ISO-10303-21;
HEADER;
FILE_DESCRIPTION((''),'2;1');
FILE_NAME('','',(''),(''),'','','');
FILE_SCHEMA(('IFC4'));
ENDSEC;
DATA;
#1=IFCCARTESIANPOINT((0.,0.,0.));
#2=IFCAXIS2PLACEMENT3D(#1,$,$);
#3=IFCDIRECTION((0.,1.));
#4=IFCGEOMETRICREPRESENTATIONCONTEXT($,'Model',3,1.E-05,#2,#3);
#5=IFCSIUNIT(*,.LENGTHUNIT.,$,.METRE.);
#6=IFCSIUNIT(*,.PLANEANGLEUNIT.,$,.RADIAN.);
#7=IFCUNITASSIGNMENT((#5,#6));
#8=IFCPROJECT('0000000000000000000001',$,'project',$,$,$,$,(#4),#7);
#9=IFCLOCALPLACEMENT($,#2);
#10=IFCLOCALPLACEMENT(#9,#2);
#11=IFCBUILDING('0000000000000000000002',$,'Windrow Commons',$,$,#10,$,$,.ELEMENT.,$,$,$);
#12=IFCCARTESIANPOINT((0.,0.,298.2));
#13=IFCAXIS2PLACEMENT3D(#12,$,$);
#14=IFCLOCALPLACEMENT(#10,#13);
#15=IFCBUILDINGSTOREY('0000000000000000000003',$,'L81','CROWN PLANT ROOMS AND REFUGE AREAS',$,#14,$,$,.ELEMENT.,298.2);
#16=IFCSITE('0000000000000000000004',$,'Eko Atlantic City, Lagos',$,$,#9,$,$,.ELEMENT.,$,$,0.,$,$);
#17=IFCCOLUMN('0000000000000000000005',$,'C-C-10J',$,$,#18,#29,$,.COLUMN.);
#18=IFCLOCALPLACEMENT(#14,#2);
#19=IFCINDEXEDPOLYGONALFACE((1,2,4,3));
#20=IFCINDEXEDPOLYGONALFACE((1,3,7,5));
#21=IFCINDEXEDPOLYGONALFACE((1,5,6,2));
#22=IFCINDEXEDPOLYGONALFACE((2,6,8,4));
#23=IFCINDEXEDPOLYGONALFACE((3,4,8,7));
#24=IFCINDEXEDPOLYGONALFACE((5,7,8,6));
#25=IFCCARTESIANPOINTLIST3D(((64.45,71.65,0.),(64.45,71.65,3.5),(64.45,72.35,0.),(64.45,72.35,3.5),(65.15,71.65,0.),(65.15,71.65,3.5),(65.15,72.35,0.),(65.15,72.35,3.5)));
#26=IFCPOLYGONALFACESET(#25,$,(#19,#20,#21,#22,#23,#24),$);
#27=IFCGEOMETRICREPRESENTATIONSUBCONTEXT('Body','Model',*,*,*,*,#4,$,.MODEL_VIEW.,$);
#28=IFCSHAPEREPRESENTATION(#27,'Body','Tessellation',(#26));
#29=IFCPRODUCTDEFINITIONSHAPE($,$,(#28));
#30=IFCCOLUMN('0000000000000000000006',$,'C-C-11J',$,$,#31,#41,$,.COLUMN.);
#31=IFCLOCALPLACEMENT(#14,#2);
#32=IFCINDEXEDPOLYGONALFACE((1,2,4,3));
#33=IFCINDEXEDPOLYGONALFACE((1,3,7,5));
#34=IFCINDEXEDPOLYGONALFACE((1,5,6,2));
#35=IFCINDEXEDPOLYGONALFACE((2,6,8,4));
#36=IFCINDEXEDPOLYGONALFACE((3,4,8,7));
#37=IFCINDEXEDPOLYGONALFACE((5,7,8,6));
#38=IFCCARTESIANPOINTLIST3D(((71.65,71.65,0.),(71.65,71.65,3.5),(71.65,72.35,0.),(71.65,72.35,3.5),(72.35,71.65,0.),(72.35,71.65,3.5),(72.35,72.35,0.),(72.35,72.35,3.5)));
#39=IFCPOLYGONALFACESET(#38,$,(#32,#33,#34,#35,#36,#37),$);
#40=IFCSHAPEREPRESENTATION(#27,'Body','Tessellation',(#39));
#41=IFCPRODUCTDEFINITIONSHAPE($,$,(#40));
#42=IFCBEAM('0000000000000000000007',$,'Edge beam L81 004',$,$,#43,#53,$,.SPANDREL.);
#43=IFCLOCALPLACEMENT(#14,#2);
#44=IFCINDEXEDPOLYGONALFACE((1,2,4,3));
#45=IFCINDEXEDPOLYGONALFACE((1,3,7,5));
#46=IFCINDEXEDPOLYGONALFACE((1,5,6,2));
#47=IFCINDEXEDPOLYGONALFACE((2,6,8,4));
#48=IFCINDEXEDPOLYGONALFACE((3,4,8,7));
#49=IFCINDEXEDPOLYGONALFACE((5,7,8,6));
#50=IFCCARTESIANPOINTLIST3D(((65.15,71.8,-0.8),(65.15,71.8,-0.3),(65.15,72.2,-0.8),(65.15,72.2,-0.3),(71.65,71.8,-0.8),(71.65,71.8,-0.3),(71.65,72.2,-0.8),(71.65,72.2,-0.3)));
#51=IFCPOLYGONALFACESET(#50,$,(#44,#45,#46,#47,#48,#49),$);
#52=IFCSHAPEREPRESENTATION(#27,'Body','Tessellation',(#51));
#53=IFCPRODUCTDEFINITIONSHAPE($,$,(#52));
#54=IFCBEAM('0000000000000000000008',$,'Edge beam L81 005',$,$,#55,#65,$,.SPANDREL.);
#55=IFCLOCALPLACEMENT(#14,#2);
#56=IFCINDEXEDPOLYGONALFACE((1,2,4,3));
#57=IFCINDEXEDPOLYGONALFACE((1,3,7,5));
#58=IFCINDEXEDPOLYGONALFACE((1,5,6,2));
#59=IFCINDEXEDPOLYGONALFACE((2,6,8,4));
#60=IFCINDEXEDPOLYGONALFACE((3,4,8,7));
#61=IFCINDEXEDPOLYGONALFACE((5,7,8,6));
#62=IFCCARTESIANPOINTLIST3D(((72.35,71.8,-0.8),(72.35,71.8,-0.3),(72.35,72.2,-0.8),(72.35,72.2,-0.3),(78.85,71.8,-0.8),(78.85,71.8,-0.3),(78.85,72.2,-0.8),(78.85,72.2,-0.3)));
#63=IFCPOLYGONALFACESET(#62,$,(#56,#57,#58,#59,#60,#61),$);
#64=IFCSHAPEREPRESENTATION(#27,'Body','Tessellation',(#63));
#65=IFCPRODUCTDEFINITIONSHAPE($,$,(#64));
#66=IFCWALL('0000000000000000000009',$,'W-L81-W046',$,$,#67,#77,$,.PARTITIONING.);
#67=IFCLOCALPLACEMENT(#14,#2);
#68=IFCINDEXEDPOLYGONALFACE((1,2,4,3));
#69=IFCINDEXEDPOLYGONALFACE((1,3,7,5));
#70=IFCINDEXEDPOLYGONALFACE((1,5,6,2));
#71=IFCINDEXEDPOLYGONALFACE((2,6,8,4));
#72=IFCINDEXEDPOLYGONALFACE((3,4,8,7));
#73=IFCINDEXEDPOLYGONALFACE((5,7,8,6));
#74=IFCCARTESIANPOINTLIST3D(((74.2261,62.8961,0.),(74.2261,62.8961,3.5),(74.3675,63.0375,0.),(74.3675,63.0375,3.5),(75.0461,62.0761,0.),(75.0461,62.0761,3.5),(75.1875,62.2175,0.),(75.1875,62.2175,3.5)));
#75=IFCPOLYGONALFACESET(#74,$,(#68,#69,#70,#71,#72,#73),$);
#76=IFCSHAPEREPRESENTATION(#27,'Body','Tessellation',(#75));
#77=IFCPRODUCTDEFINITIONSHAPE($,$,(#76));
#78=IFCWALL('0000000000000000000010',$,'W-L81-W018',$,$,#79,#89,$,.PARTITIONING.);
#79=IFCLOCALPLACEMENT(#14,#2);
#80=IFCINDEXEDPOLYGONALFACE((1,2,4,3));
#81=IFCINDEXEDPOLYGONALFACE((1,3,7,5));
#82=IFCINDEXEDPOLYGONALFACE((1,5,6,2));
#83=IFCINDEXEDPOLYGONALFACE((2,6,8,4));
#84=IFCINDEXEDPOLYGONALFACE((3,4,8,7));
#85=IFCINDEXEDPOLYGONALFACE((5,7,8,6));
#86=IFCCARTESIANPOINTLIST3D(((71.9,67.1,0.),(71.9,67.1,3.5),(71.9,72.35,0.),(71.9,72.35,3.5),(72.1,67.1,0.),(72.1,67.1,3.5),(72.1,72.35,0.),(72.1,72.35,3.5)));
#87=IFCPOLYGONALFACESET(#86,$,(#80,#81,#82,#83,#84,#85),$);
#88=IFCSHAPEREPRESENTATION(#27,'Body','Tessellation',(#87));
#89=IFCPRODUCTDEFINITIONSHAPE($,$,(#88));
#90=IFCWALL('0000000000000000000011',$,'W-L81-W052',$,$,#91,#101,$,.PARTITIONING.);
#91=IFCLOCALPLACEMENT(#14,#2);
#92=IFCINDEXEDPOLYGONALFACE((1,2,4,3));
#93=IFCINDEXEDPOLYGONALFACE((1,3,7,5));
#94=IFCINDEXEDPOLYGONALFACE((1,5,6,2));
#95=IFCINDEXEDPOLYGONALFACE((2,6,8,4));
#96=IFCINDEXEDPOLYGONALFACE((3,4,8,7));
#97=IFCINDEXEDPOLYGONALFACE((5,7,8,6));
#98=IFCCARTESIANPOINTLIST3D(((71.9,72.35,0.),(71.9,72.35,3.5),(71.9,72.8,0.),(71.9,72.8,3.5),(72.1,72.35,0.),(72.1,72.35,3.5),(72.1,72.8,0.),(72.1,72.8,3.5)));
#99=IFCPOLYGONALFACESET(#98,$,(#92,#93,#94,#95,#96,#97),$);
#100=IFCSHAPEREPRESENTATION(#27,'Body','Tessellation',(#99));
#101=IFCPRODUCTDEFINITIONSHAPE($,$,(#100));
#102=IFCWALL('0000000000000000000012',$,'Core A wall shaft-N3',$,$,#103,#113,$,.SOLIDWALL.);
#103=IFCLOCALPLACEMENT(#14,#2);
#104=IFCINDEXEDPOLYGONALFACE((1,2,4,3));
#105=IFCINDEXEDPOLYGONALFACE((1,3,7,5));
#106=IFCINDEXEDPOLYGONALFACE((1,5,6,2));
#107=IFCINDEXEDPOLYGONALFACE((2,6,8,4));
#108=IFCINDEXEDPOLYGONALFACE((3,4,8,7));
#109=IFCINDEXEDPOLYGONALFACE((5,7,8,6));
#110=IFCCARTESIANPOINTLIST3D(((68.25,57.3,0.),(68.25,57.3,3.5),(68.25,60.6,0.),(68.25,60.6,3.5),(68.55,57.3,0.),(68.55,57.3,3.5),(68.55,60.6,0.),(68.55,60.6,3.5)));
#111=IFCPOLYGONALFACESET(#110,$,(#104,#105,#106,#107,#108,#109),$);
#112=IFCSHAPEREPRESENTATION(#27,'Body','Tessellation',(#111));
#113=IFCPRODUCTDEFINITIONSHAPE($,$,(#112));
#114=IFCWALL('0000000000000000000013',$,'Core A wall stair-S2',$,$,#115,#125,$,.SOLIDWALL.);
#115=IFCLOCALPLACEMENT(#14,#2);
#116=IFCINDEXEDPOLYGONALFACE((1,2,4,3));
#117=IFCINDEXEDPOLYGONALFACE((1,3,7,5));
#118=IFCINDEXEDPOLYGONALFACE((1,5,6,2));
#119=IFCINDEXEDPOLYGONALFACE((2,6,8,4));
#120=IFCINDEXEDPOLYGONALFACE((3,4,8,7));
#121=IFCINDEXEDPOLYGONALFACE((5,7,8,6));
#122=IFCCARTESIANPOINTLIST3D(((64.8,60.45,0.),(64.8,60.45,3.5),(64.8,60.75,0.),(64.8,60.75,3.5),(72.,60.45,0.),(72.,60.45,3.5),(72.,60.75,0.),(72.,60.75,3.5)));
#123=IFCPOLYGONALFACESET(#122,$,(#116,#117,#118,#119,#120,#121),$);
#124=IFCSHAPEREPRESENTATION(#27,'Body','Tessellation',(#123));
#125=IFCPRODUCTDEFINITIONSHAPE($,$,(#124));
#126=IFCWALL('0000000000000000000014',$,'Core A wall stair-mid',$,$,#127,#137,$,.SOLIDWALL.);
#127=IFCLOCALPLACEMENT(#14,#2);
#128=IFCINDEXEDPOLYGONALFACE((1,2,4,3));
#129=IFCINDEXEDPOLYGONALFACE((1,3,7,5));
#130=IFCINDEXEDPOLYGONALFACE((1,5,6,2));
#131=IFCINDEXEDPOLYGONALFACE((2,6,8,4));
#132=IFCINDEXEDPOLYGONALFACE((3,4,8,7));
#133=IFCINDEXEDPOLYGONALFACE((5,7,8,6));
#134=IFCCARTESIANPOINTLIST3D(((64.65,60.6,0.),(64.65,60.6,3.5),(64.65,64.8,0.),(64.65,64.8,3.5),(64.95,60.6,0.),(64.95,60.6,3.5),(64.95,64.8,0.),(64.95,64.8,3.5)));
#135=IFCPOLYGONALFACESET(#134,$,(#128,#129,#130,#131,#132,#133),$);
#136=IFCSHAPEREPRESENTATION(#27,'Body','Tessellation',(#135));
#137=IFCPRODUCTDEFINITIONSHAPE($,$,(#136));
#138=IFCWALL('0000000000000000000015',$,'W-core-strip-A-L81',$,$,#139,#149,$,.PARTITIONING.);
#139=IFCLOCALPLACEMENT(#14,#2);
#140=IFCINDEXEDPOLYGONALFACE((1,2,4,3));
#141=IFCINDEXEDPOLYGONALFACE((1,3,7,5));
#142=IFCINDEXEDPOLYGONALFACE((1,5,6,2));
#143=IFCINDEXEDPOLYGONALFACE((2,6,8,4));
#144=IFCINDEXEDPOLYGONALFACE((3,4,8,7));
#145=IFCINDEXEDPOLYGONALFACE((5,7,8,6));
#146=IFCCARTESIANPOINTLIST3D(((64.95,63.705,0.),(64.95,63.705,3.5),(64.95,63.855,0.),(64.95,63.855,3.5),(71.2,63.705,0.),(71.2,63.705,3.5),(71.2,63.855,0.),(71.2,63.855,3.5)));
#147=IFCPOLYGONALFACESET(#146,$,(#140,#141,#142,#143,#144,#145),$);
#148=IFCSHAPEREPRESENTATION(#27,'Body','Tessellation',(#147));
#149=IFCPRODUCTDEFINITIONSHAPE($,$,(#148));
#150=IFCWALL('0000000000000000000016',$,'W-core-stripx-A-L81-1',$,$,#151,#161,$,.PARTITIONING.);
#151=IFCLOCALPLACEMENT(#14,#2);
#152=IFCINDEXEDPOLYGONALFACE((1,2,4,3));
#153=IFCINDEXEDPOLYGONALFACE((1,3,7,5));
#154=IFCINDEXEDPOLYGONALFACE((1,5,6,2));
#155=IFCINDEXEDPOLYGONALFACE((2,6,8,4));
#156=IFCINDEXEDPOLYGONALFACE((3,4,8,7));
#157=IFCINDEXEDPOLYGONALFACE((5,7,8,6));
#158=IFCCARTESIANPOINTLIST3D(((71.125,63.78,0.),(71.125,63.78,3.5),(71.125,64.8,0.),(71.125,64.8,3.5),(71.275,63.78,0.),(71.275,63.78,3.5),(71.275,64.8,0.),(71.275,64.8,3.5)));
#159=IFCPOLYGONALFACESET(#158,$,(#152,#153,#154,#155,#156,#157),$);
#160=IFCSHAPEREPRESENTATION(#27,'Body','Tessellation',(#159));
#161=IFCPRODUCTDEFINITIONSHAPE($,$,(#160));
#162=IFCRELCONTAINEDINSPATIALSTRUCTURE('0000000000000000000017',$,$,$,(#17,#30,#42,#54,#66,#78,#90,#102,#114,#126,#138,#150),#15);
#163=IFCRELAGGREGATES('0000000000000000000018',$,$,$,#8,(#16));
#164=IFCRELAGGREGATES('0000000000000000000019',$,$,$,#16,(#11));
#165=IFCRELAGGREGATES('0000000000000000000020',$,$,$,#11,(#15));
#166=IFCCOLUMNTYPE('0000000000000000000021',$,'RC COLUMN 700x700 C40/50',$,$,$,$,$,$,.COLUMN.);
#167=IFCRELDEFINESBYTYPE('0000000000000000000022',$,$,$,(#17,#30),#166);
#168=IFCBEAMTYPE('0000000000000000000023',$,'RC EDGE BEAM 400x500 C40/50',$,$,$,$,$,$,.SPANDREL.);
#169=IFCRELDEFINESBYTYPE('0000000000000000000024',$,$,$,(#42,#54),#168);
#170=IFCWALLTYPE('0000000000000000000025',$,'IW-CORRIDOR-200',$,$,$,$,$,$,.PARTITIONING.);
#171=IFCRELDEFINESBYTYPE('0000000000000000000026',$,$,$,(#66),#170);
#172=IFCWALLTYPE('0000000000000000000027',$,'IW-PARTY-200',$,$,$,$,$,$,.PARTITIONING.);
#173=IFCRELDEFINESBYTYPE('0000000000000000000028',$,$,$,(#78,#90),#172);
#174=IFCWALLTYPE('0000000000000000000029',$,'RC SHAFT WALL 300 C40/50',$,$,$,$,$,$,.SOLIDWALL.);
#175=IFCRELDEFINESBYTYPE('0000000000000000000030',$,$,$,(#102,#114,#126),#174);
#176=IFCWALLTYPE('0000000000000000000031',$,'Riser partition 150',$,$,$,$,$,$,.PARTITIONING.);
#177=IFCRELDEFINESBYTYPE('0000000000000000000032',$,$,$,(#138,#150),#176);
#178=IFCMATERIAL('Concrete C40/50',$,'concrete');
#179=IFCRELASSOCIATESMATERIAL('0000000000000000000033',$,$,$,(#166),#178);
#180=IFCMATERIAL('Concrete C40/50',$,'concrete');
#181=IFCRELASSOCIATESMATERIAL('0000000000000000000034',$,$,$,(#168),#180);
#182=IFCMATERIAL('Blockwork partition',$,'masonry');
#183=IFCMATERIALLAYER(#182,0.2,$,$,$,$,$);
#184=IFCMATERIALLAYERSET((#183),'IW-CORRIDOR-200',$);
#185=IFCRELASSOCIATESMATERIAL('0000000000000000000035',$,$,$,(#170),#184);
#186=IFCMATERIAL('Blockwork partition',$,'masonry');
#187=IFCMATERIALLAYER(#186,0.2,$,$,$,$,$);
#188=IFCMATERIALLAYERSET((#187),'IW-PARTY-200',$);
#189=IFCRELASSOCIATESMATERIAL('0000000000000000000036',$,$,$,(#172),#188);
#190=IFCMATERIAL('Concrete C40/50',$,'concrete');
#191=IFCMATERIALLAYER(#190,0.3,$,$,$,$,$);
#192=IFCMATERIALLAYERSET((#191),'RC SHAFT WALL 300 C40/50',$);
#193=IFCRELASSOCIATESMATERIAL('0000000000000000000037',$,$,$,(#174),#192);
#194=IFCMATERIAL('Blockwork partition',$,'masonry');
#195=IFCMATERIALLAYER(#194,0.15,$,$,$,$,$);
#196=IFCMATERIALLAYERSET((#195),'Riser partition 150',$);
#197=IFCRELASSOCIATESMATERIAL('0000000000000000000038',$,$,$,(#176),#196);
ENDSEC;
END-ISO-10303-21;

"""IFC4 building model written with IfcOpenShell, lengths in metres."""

from ifc_helpers import new_model, si_unit, direction, frame, frame_2d, origin, origin_2d, place, context, subcontext, project, spatial, polyline, rectangle, outline, extrude, material, layer, layer_set, material_profile, profile_set, type_object, element, save


model = new_model("IFC4")

# Units and contexts
model_context = context("Model", 3, precision=1e-05, world=origin(), true_north=direction((0.0, 1.0)))
body_context = subcontext(model_context, "Body", "Model", "MODEL_VIEW")
ifc_project = project(units=[si_unit("LENGTHUNIT", "METRE"), si_unit("PLANEANGLEUNIT", "RADIAN")], contexts=[model_context])

# Site, building, storey
site_placement = place(None, origin())
site = spatial("IfcSite", under=ifc_project, at=site_placement, Name="Eko Atlantic City, Lagos", CompositionType="ELEMENT", RefElevation=0.0)
building_placement = place(site_placement, origin())
building = spatial("IfcBuilding", under=site, at=building_placement, Name="Windrow Commons", CompositionType="ELEMENT")
storey_placement = place(building_placement, frame((0.0, 0.0, 298.2)))
storey = spatial("IfcBuildingStorey", under=building, at=storey_placement, Name="L81", Description="CROWN PLANT ROOMS AND REFUGE AREAS", CompositionType="ELEMENT", Elevation=298.2)

# Columns
ifc_material_1 = material(Name="Concrete C40/50", Category="concrete")
ifc_material_profile_1 = material_profile(ifc_material_1, rectangle(XDim=0.7, YDim=0.7, at=origin_2d()))
ifc_profile_set_1 = profile_set([ifc_material_profile_1], Name="Concrete C40/50")
column_type = type_object("IfcColumnType", Name="RC COLUMN 700x700 C40/50", PredefinedType="COLUMN", material=ifc_profile_set_1)
for number, where, z_axis, x_axis, name in (
    (1, (64.8, 72.0, 0.0), (0.0, 0.0, 1.0), (1.0, 0.0, 0.0), "C-C-10J"),
    (2, (72.0, 72.0, 0.0), (0.0, 0.0, 1.0), (1.0, 0.0, 0.0), "C-C-11J"),
):
    element("IfcColumn", number, at=place(storey_placement, frame(where, z_axis=z_axis, x_axis=x_axis)), inside=storey, type_object=column_type, Name=name, PredefinedType="COLUMN", context=body_context, shape_type="SweptSolid", body=[
        extrude(rectangle(XDim=0.7, YDim=0.7, at=origin_2d()), origin(), (0.0, 0.0, 1.0), 3.5),
    ])

# Beams
ifc_material_2 = material(Name="Concrete C40/50", Category="concrete")
ifc_material_profile_2 = material_profile(ifc_material_2, rectangle(XDim=0.4, YDim=0.5, at=origin_2d()))
ifc_profile_set_2 = profile_set([ifc_material_profile_2], Name="Concrete C40/50")
beam_type = type_object("IfcBeamType", Name="RC EDGE BEAM 400x500 C40/50", PredefinedType="SPANDREL", material=ifc_profile_set_2)
for number, where, z_axis, x_axis, name in (
    (3, (65.15, 72.0, -0.55), (1.0, 0.0, 0.0), (0.0, 1.0, 0.0), "Edge beam L81 004"),
    (4, (72.35, 72.0, -0.55), (1.0, 0.0, 0.0), (0.0, 1.0, 0.0), "Edge beam L81 005"),
):
    element("IfcBeam", number, at=place(storey_placement, frame(where, z_axis=z_axis, x_axis=x_axis)), inside=storey, type_object=beam_type, Name=name, PredefinedType="SPANDREL", context=body_context, shape_type="SweptSolid", body=[
        extrude(rectangle(XDim=0.4, YDim=0.5, at=origin_2d()), origin(), (0.0, 0.0, 1.0), 6.5),
    ])

# Walls
ifc_material_3 = material(Name="Blockwork partition", Category="masonry")
ifc_layer_1 = layer(ifc_material_3, 0.2)
ifc_layer_set_1 = layer_set([ifc_layer_1], Name="IW-CORRIDOR-200")
wall_type_1 = type_object("IfcWallType", Name="IW-CORRIDOR-200", PredefinedType="PARTITIONING", material=ifc_layer_set_1)
wall_1_placement = place(storey_placement, frame((74.2968, 62.9668, 0.0), z_axis=(0.0, 0.0, 1.0), x_axis=(0.707107, -0.707107, 0.0)))
element("IfcWall", 5, at=wall_1_placement, inside=storey, type_object=wall_type_1, Name="W-L81-W046", PredefinedType="PARTITIONING", context=body_context, shape_type="SweptSolid", body=[
    extrude(rectangle(XDim=1.1597, YDim=0.2, at=frame_2d((0.5798, 0.0))), origin(), (0.0, 0.0, 1.0), 3.5),
])
ifc_material_4 = material(Name="Blockwork partition", Category="masonry")
ifc_layer_2 = layer(ifc_material_4, 0.2)
ifc_layer_set_2 = layer_set([ifc_layer_2], Name="IW-PARTY-200")
wall_type_2 = type_object("IfcWallType", Name="IW-PARTY-200", PredefinedType="PARTITIONING", material=ifc_layer_set_2)
wall_2_placement = place(storey_placement, frame((72.0, 67.1, 0.0), z_axis=(0.0, 0.0, 1.0), x_axis=(0.0, 1.0, 0.0)))
element("IfcWall", 6, at=wall_2_placement, inside=storey, type_object=wall_type_2, Name="W-L81-W018", PredefinedType="PARTITIONING", context=body_context, shape_type="SweptSolid", body=[
    extrude(rectangle(XDim=5.25, YDim=0.2, at=frame_2d((2.625, 0.0))), origin(), (0.0, 0.0, 1.0), 3.5),
])
wall_3_placement = place(storey_placement, frame((72.0, 72.35, 0.0), z_axis=(0.0, 0.0, 1.0), x_axis=(0.0, 1.0, 0.0)))
element("IfcWall", 7, at=wall_3_placement, inside=storey, type_object=wall_type_2, Name="W-L81-W052", PredefinedType="PARTITIONING", context=body_context, shape_type="SweptSolid", body=[
    extrude(outline(polyline([(0.0, -0.1), (0.45, -0.1), (0.45, 0.1), (0.0, 0.1), (0.0, -0.1)])), origin(), (0.0, 0.0, 1.0), 3.5),
])
ifc_material_5 = material(Name="Concrete C40/50", Category="concrete")
ifc_layer_3 = layer(ifc_material_5, 0.3)
ifc_layer_set_3 = layer_set([ifc_layer_3], Name="RC SHAFT WALL 300 C40/50")
wall_type_3 = type_object("IfcWallType", Name="RC SHAFT WALL 300 C40/50", PredefinedType="SOLIDWALL", material=ifc_layer_set_3)
wall_4_placement = place(storey_placement, frame((68.4, 57.3, 0.0), z_axis=(0.0, 0.0, 1.0), x_axis=(0.0, 1.0, 0.0)))
element("IfcWall", 8, at=wall_4_placement, inside=storey, type_object=wall_type_3, Name="Core A wall shaft-N3", PredefinedType="SOLIDWALL", context=body_context, shape_type="SweptSolid", body=[
    extrude(outline(polyline([(0.0, 0.0), (3.3, 0.0), (3.3, 3.5), (0.0, 3.5), (0.0, 0.0)])), frame((0.0, 0.15, 0.0), z_axis=(0.0, -1.0, 0.0), x_axis=(1.0, 0.0, 0.0)), (0.0, 0.0, 1.0), 0.3),
])
wall_5_placement = place(storey_placement, frame((64.8, 60.6, 0.0), z_axis=(0.0, 0.0, 1.0), x_axis=(1.0, 0.0, 0.0)))
element("IfcWall", 9, at=wall_5_placement, inside=storey, type_object=wall_type_3, Name="Core A wall stair-S2", PredefinedType="SOLIDWALL", context=body_context, shape_type="SweptSolid", body=[
    extrude(outline(polyline([(0.0, 0.0), (7.2, 0.0), (7.2, 3.5), (0.0, 3.5), (0.0, 0.0)])), frame((0.0, 0.15, 0.0), z_axis=(0.0, -1.0, 0.0), x_axis=(1.0, 0.0, 0.0)), (0.0, 0.0, 1.0), 0.3),
])
wall_6_placement = place(storey_placement, frame((64.8, 60.6, 0.0), z_axis=(0.0, 0.0, 1.0), x_axis=(0.0, 1.0, 0.0)))
element("IfcWall", 10, at=wall_6_placement, inside=storey, type_object=wall_type_3, Name="Core A wall stair-mid", PredefinedType="SOLIDWALL", context=body_context, shape_type="SweptSolid", body=[
    extrude(outline(polyline([(0.0, 0.0), (4.2, 0.0), (4.2, 3.5), (0.0, 3.5), (0.0, 0.0)])), frame((0.0, 0.15, 0.0), z_axis=(0.0, -1.0, 0.0), x_axis=(1.0, 0.0, 0.0)), (0.0, 0.0, 1.0), 0.3),
])
ifc_material_6 = material(Name="Blockwork partition", Category="masonry")
ifc_layer_4 = layer(ifc_material_6, 0.15)
ifc_layer_set_4 = layer_set([ifc_layer_4], Name="Riser partition 150")
wall_type_4 = type_object("IfcWallType", Name="Riser partition 150", PredefinedType="PARTITIONING", material=ifc_layer_set_4)
wall_7_placement = place(storey_placement, frame((64.95, 63.78, 0.0), z_axis=(0.0, 0.0, 1.0), x_axis=(1.0, 0.0, 0.0)))
element("IfcWall", 11, at=wall_7_placement, inside=storey, type_object=wall_type_4, Name="W-core-strip-A-L81", PredefinedType="PARTITIONING", context=body_context, shape_type="SweptSolid", body=[
    extrude(outline(polyline([(0.0, 0.0), (6.25, 0.0), (6.25, 3.5), (0.0, 3.5), (0.0, 0.0)])), frame((0.0, 0.075, 0.0), z_axis=(0.0, -1.0, 0.0), x_axis=(1.0, 0.0, 0.0)), (0.0, 0.0, 1.0), 0.15),
])
wall_8_placement = place(storey_placement, frame((71.2, 63.78, 0.0), z_axis=(0.0, 0.0, 1.0), x_axis=(0.0, 1.0, 0.0)))
element("IfcWall", 12, at=wall_8_placement, inside=storey, type_object=wall_type_4, Name="W-core-stripx-A-L81-1", PredefinedType="PARTITIONING", context=body_context, shape_type="SweptSolid", body=[
    extrude(outline(polyline([(0.0, 0.0), (1.02, 0.0), (1.02, 3.5), (0.0, 3.5), (0.0, 0.0)])), frame((0.0, 0.075, 0.0), z_axis=(0.0, -1.0, 0.0), x_axis=(1.0, 0.0, 0.0)), (0.0, 0.0, 1.0), 0.15),
])

save(model, "model.ifc")
